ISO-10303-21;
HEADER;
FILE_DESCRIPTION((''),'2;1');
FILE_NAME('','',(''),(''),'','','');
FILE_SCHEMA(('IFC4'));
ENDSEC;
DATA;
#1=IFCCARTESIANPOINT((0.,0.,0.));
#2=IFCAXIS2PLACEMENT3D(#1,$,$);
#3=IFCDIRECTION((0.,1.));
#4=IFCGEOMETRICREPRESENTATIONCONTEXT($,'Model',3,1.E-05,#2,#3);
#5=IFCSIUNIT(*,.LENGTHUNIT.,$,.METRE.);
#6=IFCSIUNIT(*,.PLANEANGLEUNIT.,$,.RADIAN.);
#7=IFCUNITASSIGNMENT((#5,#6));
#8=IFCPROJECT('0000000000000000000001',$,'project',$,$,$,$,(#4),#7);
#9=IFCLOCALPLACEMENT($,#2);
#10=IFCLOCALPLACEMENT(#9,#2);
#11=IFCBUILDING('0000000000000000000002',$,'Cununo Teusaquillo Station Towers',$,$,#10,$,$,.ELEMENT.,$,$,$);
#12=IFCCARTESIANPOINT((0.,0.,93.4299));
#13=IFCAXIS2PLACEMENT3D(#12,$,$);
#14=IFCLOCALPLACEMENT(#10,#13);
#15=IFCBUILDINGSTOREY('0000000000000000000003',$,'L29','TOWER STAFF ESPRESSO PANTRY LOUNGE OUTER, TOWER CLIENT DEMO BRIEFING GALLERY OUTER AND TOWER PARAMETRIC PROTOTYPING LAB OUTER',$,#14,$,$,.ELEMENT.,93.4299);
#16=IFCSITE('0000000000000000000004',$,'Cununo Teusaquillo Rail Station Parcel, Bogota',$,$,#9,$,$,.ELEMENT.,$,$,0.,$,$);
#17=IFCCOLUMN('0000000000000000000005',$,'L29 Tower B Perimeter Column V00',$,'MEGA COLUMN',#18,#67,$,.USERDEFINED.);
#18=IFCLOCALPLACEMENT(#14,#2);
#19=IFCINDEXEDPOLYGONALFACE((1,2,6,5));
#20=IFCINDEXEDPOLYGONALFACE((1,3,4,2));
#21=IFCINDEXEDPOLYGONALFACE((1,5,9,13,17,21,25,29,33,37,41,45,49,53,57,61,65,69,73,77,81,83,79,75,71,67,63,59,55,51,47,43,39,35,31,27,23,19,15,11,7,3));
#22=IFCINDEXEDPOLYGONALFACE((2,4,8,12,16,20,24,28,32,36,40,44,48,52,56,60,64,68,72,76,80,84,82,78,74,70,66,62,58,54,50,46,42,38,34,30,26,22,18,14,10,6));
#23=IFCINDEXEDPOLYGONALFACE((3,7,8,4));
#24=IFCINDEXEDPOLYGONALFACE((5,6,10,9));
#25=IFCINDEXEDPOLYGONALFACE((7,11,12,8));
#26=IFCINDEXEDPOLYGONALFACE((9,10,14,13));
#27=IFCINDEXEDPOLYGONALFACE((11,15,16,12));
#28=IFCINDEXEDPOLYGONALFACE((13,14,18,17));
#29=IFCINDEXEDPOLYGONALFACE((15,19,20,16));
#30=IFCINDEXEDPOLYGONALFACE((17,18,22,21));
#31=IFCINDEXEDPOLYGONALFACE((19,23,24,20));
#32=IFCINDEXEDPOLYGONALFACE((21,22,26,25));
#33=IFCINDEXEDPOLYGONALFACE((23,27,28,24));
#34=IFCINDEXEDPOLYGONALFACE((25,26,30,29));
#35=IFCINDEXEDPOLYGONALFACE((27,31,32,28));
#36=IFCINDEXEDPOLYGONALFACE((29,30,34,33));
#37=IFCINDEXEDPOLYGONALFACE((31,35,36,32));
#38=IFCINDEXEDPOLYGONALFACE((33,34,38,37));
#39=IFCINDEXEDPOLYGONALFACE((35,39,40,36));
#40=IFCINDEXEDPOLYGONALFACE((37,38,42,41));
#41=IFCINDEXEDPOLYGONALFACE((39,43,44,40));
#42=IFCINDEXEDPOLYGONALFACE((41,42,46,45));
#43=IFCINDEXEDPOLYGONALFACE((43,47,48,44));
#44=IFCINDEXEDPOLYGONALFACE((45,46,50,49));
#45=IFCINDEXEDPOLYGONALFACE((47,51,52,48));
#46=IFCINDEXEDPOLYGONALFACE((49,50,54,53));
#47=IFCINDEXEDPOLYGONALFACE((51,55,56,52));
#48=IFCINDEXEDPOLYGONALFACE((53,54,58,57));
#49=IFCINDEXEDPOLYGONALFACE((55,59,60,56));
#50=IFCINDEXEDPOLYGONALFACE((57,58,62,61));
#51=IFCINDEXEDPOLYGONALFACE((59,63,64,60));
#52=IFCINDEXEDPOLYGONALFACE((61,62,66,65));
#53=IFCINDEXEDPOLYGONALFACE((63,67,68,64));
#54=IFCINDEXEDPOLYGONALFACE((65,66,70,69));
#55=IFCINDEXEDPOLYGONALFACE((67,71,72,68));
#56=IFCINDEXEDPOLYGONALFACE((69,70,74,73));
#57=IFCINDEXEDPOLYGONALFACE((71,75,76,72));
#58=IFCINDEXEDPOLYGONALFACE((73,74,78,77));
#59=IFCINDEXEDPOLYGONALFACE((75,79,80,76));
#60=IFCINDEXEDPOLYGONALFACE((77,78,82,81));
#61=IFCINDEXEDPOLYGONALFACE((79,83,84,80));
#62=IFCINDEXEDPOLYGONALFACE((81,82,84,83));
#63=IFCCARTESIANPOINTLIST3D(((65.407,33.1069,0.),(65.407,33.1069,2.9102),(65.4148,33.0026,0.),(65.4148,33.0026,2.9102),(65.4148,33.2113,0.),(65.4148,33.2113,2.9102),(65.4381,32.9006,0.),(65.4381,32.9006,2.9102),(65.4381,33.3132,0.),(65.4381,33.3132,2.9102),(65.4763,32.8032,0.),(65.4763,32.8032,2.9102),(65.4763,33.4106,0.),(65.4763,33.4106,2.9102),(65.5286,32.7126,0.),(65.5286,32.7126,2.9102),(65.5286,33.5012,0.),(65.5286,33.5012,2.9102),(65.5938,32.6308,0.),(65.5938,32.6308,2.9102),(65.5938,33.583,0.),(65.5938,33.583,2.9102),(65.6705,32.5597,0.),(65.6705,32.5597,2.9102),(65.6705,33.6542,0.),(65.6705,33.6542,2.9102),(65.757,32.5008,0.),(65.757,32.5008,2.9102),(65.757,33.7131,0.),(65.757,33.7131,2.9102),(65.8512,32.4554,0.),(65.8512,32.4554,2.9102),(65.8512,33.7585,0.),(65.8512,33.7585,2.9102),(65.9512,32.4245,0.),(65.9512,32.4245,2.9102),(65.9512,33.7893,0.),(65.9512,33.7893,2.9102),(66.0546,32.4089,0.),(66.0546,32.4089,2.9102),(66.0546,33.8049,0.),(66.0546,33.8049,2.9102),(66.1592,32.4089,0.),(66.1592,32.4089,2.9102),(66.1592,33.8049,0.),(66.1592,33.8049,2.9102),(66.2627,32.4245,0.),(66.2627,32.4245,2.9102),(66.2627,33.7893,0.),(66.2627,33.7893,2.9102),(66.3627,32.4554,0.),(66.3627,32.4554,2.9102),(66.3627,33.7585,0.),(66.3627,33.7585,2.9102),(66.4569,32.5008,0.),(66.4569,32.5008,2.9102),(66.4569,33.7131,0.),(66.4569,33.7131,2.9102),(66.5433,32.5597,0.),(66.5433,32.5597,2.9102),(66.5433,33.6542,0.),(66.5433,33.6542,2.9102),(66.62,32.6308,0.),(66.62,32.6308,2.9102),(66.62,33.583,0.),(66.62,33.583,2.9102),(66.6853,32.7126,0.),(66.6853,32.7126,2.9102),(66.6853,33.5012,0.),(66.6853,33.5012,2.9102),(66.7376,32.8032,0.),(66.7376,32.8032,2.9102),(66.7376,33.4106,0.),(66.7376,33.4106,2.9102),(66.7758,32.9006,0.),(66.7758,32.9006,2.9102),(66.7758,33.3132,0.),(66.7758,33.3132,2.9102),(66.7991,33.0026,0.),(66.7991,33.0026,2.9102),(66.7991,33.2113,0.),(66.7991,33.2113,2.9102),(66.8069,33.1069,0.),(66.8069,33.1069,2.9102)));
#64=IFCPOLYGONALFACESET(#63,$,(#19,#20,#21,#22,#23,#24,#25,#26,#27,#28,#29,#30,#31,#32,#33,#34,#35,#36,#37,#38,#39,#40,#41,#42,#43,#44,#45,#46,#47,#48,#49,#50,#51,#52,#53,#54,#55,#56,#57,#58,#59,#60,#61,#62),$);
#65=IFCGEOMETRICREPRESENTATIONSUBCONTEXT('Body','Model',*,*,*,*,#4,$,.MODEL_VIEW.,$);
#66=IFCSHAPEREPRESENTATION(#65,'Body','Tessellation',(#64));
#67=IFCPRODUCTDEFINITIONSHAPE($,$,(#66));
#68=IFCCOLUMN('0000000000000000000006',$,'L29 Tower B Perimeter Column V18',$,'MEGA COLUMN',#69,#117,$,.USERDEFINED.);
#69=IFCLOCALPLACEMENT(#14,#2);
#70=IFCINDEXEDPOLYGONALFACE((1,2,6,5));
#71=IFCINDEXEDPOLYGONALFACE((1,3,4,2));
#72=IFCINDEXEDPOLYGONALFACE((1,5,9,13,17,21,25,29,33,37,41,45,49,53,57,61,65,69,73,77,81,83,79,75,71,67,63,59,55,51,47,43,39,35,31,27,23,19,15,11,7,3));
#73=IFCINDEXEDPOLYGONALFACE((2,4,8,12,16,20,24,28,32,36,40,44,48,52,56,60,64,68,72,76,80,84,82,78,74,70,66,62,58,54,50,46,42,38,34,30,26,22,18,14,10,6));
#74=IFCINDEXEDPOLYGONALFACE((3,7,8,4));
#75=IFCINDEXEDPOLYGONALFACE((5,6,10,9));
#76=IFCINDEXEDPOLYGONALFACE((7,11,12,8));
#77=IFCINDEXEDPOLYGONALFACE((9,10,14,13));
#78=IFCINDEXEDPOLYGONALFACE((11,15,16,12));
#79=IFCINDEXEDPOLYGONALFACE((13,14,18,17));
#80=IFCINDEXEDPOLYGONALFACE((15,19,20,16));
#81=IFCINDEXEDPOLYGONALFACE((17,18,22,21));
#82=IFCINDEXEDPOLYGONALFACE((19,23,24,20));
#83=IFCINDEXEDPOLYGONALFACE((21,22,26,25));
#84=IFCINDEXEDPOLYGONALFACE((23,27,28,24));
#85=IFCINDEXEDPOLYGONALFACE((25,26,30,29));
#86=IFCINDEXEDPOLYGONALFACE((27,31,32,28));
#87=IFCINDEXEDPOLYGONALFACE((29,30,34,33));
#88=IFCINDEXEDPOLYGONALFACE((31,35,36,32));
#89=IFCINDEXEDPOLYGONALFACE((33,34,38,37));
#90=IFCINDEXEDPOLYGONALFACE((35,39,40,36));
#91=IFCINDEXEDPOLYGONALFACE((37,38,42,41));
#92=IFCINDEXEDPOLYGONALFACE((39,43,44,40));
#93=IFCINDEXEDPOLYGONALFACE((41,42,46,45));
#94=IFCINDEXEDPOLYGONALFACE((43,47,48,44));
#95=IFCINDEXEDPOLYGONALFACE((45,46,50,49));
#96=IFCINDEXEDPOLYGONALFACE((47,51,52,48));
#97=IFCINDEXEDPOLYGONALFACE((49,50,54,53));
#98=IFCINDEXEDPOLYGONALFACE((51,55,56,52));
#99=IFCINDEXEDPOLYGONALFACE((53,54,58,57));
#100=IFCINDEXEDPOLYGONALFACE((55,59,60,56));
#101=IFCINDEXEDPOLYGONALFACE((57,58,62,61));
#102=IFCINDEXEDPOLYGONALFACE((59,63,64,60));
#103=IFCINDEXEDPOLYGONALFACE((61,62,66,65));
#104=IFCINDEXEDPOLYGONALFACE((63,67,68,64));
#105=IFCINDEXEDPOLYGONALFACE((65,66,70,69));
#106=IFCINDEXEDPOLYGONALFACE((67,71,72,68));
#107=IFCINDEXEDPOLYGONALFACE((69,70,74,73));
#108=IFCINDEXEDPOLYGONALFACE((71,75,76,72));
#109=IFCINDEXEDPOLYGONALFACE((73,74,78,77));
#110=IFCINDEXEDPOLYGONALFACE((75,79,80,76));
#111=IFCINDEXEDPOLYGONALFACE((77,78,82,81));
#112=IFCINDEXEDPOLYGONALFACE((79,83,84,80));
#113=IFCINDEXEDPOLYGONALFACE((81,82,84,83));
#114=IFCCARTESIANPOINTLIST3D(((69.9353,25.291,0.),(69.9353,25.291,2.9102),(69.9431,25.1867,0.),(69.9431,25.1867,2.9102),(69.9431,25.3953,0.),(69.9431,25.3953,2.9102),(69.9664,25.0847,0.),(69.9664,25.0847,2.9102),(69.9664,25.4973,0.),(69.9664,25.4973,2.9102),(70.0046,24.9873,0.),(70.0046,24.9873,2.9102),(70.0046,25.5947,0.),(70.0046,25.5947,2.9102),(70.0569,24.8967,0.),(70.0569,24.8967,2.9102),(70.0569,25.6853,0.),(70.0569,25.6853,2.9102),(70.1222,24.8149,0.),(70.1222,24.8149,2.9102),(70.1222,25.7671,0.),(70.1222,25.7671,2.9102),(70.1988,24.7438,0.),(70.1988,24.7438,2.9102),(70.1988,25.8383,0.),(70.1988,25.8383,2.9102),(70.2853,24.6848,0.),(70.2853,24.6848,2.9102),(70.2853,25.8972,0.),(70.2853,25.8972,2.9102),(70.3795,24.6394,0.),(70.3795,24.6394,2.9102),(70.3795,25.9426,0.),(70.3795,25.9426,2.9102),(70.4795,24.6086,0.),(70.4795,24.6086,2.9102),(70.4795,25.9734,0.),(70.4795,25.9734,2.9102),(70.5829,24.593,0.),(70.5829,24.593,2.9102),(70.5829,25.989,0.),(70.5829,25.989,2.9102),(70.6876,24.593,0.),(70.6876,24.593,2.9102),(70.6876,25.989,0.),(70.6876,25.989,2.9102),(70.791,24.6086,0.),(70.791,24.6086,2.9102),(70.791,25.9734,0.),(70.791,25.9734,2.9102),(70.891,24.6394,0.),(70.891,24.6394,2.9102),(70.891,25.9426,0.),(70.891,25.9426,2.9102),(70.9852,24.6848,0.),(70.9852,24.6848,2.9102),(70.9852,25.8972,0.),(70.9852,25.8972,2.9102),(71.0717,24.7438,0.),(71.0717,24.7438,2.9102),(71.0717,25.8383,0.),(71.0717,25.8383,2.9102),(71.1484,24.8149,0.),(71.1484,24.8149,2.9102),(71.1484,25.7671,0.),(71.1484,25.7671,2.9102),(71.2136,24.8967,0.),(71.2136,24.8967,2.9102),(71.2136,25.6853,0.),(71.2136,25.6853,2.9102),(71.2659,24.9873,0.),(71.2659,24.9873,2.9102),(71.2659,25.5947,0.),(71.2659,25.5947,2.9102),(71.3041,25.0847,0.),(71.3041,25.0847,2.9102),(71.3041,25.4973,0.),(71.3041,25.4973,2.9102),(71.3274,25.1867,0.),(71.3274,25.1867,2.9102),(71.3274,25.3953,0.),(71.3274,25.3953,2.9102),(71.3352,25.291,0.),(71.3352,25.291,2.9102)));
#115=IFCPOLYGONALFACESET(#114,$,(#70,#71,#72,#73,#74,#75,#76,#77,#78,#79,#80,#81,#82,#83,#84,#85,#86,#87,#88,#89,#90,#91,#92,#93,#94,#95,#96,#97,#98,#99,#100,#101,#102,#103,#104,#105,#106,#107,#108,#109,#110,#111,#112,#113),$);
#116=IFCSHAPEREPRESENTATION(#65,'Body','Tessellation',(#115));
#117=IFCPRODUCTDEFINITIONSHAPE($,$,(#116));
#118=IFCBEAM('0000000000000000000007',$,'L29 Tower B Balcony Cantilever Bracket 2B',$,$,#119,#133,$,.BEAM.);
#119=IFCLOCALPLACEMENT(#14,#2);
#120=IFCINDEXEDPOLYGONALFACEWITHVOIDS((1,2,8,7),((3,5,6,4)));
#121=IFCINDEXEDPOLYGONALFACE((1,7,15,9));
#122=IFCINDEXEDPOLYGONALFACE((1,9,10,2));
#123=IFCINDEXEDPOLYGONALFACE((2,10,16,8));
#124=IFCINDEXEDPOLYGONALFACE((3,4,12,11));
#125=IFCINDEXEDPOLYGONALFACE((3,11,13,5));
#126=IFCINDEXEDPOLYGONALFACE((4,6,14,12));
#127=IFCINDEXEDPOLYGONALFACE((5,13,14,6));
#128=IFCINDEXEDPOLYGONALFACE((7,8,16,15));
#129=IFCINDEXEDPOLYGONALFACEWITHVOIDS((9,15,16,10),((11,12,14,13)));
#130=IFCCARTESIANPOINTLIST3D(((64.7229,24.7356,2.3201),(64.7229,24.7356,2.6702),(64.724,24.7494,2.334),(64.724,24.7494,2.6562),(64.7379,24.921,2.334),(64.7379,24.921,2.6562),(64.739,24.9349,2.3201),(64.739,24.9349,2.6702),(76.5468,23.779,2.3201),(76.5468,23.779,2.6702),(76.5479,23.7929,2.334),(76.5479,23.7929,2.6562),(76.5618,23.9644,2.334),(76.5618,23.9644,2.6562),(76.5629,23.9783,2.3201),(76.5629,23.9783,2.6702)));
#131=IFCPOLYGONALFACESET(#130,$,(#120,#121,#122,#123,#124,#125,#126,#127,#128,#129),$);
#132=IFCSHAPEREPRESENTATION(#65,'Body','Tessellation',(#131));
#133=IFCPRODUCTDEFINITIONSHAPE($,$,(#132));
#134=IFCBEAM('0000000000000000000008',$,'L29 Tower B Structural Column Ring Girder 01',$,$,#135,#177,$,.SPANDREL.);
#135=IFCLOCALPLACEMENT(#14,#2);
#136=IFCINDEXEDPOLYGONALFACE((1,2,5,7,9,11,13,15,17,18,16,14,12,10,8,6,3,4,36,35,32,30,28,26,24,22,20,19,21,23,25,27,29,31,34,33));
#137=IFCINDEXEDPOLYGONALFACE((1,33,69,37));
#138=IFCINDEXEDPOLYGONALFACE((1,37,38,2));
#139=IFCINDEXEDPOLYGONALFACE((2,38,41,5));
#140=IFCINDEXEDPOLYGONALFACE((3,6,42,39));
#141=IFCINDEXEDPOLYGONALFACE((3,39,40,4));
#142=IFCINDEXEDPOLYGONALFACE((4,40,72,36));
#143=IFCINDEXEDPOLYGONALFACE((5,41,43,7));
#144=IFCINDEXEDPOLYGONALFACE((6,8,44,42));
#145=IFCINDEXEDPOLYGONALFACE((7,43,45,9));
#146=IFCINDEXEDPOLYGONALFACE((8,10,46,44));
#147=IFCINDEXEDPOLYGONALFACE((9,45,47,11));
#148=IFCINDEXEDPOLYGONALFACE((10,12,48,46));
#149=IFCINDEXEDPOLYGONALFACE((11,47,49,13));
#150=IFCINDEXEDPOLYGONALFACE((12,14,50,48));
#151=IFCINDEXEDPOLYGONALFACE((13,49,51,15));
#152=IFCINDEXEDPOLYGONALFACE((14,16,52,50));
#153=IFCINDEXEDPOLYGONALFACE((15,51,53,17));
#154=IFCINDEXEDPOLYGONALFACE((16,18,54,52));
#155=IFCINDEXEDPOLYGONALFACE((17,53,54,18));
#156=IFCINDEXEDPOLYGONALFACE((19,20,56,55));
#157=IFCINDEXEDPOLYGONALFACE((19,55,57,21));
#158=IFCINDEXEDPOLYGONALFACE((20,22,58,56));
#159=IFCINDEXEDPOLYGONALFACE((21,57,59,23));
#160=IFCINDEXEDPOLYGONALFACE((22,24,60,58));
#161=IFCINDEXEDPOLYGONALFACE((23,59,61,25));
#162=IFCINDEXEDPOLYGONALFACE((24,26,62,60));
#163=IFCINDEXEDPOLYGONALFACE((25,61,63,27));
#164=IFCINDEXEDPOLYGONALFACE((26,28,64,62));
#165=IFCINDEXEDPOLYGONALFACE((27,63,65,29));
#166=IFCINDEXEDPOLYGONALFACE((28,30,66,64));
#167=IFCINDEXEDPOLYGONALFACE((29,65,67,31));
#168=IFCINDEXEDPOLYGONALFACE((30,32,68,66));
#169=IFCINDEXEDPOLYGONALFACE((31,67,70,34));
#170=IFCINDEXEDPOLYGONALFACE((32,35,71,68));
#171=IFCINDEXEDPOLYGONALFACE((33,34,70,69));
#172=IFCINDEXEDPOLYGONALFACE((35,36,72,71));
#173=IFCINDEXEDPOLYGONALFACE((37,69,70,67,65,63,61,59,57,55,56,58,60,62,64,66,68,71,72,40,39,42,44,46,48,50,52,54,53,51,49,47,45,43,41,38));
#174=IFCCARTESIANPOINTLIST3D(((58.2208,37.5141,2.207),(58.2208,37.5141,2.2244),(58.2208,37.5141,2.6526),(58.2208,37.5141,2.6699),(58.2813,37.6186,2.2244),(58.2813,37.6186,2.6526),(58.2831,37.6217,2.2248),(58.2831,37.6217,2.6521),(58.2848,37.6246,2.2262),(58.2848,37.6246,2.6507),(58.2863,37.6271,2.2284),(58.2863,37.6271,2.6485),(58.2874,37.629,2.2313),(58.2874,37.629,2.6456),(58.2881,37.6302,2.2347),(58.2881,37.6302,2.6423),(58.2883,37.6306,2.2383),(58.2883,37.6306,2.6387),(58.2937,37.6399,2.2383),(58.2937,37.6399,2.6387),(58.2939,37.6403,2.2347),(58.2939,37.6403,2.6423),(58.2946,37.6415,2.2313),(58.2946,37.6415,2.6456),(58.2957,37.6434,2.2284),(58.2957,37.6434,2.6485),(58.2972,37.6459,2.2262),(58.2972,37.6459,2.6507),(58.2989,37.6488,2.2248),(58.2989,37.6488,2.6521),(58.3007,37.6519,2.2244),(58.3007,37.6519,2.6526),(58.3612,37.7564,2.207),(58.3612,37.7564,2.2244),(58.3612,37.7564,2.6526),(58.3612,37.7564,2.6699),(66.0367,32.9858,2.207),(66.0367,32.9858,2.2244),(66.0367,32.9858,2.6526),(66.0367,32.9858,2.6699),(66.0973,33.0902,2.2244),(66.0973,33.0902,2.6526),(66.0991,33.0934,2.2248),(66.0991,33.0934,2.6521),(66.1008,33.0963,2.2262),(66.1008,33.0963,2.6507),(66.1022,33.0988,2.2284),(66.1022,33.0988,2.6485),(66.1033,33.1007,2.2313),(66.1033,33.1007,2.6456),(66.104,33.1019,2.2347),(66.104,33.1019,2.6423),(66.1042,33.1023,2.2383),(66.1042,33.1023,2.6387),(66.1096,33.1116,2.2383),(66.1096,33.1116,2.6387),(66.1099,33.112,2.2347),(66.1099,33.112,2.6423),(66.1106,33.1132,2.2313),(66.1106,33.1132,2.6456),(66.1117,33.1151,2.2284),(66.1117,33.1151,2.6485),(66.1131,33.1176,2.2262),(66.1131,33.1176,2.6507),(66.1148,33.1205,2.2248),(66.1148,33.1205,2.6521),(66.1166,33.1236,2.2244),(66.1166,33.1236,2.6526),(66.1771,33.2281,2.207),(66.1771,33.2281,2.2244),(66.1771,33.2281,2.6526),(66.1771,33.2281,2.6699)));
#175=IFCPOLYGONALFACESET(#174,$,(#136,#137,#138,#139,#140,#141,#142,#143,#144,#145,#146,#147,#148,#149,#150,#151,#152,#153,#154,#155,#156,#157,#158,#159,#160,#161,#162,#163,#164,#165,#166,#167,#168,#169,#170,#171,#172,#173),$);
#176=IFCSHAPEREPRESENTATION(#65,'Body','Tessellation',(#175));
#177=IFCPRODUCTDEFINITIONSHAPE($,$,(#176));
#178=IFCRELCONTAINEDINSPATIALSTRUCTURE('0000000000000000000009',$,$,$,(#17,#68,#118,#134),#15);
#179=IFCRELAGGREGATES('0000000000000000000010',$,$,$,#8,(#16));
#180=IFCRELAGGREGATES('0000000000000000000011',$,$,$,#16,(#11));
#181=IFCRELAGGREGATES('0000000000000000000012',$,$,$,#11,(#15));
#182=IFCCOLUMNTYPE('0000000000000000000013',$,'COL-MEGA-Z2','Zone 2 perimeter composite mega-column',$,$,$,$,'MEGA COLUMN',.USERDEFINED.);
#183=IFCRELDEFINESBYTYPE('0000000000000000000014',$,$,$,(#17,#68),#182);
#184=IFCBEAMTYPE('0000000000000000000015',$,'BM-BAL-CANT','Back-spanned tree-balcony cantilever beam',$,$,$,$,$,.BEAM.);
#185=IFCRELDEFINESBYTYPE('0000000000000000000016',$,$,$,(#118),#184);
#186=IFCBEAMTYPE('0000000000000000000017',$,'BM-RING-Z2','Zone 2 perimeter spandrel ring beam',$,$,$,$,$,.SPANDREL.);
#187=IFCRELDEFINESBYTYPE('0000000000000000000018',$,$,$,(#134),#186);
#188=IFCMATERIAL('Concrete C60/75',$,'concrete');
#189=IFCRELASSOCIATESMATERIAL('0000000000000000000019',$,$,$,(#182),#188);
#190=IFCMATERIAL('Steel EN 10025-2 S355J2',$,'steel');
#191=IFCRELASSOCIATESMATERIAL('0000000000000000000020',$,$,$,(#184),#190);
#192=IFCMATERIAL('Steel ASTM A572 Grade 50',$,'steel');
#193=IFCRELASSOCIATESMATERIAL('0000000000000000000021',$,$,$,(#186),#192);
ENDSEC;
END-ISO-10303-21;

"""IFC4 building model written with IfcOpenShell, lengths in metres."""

from ifc_helpers import new_model, si_unit, direction, frame, origin, origin_2d, place, context, subcontext, project, spatial, hollow_rectangle, circle, i_section, extrude, material, material_profile, profile_set, type_object, element, save


model = new_model("IFC4")

# Units and contexts
model_context = context("Model", 3, precision=1e-05, world=origin(), true_north=direction((0.0, 1.0)))
body_context = subcontext(model_context, "Body", "Model", "MODEL_VIEW")
ifc_project = project(units=[si_unit("LENGTHUNIT", "METRE"), si_unit("PLANEANGLEUNIT", "RADIAN")], contexts=[model_context])

# Site, building, storey
site_placement = place(None, origin())
site = spatial("IfcSite", under=ifc_project, at=site_placement, Name="Cununo Teusaquillo Rail Station Parcel, Bogota", CompositionType="ELEMENT", RefElevation=0.0)
building_placement = place(site_placement, origin())
building = spatial("IfcBuilding", under=site, at=building_placement, Name="Cununo Teusaquillo Station Towers", CompositionType="ELEMENT")
storey_placement = place(building_placement, frame((0.0, 0.0, 93.4299)))
storey = spatial("IfcBuildingStorey", under=building, at=storey_placement, Name="L29", Description="TOWER STAFF ESPRESSO PANTRY LOUNGE OUTER, TOWER CLIENT DEMO BRIEFING GALLERY OUTER AND TOWER PARAMETRIC PROTOTYPING LAB OUTER", CompositionType="ELEMENT", Elevation=93.4299)

# Columns
ifc_material_1 = material(Name="Concrete C60/75", Category="concrete")
ifc_material_profile_1 = material_profile(ifc_material_1, circle(Radius=0.7, at=origin_2d()), Name="RC-CIRC-1400")
ifc_profile_set_1 = profile_set([ifc_material_profile_1], Name="Concrete C60/75")
column_type = type_object("IfcColumnType", Name="COL-MEGA-Z2", Description="Zone 2 perimeter composite mega-column", ElementType="MEGA COLUMN", PredefinedType="USERDEFINED", material=ifc_profile_set_1)
for number, where, z_axis, x_axis, name in (
    (1, (66.1069, 33.1069, 0.0), (0.0, 0.0, 1.0), (1.0, 0.0, 0.0), "L29 Tower B Perimeter Column V00"),
    (2, (70.6353, 25.291, 0.0), (0.0, 0.0, 1.0), (1.0, 0.0, 0.0), "L29 Tower B Perimeter Column V18"),
):
    element("IfcColumn", number, at=place(storey_placement, frame(where, z_axis=z_axis, x_axis=x_axis)), inside=storey, type_object=column_type, Name=name, ObjectType="MEGA COLUMN", PredefinedType="USERDEFINED", context=body_context, shape_type="SweptSolid", body=[
        extrude(circle(Radius=0.7, at=origin_2d()), origin(), (0.0, 0.0, 1.0), 2.9102),
    ])

# Beams
ifc_material_2 = material(Name="Steel EN 10025-2 S355J2", Category="steel")
ifc_material_profile_2 = material_profile(ifc_material_2, hollow_rectangle(XDim=0.2, YDim=0.3501, WallThickness=0.0139, at=origin_2d()), Name="RHS 350x200x14")
ifc_profile_set_2 = profile_set([ifc_material_profile_2], Name="Steel EN 10025-2 S355J2")
beam_type_1 = type_object("IfcBeamType", Name="BM-BAL-CANT", Description="Back-spanned tree-balcony cantilever beam", PredefinedType="BEAM", material=ifc_profile_set_2)
beam_1_placement = place(storey_placement, frame((64.731, 24.8352, 2.4951), z_axis=(0.996744, -0.080635, 0.0), x_axis=(0.080635, 0.996744, 0.0)))
element("IfcBeam", 3, at=beam_1_placement, inside=storey, type_object=beam_type_1, Name="L29 Tower B Balcony Cantilever Bracket 2B", PredefinedType="BEAM", context=body_context, shape_type="SweptSolid", body=[
    extrude(hollow_rectangle(XDim=0.2, YDim=0.3501, WallThickness=0.0139, at=origin_2d()), origin(), (0.0, 0.0, 1.0), 11.8625),
])
ifc_material_3 = material(Name="Steel ASTM A572 Grade 50", Category="steel")
ifc_material_profile_3 = material_profile(ifc_material_3, i_section(OverallWidth=0.28, OverallDepth=0.4629, WebThickness=0.0107, FlangeThickness=0.0173, FilletRadius=0.0139, at=origin_2d()), Name="W18X76")
ifc_profile_set_3 = profile_set([ifc_material_profile_3], Name="Steel ASTM A572 Grade 50")
beam_type_2 = type_object("IfcBeamType", Name="BM-RING-Z2", Description="Zone 2 perimeter spandrel ring beam", PredefinedType="SPANDREL", material=ifc_profile_set_3)
for number, where, z_axis, x_axis, name in (
    (4, (66.1069, 33.1069, 2.4385), (-0.865267, 0.501311, 0.0), (-0.501311, -0.865267, 0.0), "L29 Tower B Structural Column Ring Girder 01"),
):
    element("IfcBeam", number, at=place(storey_placement, frame(where, z_axis=z_axis, x_axis=x_axis)), inside=storey, type_object=beam_type_2, Name=name, PredefinedType="SPANDREL", context=body_context, shape_type="SweptSolid", body=[
        extrude(i_section(OverallWidth=0.28, OverallDepth=0.4629, WebThickness=0.0107, FlangeThickness=0.0173, FilletRadius=0.0139, at=origin_2d()), origin(), (0.0, 0.0, 1.0), 9.033),
    ])

save(model, "model.ifc")
